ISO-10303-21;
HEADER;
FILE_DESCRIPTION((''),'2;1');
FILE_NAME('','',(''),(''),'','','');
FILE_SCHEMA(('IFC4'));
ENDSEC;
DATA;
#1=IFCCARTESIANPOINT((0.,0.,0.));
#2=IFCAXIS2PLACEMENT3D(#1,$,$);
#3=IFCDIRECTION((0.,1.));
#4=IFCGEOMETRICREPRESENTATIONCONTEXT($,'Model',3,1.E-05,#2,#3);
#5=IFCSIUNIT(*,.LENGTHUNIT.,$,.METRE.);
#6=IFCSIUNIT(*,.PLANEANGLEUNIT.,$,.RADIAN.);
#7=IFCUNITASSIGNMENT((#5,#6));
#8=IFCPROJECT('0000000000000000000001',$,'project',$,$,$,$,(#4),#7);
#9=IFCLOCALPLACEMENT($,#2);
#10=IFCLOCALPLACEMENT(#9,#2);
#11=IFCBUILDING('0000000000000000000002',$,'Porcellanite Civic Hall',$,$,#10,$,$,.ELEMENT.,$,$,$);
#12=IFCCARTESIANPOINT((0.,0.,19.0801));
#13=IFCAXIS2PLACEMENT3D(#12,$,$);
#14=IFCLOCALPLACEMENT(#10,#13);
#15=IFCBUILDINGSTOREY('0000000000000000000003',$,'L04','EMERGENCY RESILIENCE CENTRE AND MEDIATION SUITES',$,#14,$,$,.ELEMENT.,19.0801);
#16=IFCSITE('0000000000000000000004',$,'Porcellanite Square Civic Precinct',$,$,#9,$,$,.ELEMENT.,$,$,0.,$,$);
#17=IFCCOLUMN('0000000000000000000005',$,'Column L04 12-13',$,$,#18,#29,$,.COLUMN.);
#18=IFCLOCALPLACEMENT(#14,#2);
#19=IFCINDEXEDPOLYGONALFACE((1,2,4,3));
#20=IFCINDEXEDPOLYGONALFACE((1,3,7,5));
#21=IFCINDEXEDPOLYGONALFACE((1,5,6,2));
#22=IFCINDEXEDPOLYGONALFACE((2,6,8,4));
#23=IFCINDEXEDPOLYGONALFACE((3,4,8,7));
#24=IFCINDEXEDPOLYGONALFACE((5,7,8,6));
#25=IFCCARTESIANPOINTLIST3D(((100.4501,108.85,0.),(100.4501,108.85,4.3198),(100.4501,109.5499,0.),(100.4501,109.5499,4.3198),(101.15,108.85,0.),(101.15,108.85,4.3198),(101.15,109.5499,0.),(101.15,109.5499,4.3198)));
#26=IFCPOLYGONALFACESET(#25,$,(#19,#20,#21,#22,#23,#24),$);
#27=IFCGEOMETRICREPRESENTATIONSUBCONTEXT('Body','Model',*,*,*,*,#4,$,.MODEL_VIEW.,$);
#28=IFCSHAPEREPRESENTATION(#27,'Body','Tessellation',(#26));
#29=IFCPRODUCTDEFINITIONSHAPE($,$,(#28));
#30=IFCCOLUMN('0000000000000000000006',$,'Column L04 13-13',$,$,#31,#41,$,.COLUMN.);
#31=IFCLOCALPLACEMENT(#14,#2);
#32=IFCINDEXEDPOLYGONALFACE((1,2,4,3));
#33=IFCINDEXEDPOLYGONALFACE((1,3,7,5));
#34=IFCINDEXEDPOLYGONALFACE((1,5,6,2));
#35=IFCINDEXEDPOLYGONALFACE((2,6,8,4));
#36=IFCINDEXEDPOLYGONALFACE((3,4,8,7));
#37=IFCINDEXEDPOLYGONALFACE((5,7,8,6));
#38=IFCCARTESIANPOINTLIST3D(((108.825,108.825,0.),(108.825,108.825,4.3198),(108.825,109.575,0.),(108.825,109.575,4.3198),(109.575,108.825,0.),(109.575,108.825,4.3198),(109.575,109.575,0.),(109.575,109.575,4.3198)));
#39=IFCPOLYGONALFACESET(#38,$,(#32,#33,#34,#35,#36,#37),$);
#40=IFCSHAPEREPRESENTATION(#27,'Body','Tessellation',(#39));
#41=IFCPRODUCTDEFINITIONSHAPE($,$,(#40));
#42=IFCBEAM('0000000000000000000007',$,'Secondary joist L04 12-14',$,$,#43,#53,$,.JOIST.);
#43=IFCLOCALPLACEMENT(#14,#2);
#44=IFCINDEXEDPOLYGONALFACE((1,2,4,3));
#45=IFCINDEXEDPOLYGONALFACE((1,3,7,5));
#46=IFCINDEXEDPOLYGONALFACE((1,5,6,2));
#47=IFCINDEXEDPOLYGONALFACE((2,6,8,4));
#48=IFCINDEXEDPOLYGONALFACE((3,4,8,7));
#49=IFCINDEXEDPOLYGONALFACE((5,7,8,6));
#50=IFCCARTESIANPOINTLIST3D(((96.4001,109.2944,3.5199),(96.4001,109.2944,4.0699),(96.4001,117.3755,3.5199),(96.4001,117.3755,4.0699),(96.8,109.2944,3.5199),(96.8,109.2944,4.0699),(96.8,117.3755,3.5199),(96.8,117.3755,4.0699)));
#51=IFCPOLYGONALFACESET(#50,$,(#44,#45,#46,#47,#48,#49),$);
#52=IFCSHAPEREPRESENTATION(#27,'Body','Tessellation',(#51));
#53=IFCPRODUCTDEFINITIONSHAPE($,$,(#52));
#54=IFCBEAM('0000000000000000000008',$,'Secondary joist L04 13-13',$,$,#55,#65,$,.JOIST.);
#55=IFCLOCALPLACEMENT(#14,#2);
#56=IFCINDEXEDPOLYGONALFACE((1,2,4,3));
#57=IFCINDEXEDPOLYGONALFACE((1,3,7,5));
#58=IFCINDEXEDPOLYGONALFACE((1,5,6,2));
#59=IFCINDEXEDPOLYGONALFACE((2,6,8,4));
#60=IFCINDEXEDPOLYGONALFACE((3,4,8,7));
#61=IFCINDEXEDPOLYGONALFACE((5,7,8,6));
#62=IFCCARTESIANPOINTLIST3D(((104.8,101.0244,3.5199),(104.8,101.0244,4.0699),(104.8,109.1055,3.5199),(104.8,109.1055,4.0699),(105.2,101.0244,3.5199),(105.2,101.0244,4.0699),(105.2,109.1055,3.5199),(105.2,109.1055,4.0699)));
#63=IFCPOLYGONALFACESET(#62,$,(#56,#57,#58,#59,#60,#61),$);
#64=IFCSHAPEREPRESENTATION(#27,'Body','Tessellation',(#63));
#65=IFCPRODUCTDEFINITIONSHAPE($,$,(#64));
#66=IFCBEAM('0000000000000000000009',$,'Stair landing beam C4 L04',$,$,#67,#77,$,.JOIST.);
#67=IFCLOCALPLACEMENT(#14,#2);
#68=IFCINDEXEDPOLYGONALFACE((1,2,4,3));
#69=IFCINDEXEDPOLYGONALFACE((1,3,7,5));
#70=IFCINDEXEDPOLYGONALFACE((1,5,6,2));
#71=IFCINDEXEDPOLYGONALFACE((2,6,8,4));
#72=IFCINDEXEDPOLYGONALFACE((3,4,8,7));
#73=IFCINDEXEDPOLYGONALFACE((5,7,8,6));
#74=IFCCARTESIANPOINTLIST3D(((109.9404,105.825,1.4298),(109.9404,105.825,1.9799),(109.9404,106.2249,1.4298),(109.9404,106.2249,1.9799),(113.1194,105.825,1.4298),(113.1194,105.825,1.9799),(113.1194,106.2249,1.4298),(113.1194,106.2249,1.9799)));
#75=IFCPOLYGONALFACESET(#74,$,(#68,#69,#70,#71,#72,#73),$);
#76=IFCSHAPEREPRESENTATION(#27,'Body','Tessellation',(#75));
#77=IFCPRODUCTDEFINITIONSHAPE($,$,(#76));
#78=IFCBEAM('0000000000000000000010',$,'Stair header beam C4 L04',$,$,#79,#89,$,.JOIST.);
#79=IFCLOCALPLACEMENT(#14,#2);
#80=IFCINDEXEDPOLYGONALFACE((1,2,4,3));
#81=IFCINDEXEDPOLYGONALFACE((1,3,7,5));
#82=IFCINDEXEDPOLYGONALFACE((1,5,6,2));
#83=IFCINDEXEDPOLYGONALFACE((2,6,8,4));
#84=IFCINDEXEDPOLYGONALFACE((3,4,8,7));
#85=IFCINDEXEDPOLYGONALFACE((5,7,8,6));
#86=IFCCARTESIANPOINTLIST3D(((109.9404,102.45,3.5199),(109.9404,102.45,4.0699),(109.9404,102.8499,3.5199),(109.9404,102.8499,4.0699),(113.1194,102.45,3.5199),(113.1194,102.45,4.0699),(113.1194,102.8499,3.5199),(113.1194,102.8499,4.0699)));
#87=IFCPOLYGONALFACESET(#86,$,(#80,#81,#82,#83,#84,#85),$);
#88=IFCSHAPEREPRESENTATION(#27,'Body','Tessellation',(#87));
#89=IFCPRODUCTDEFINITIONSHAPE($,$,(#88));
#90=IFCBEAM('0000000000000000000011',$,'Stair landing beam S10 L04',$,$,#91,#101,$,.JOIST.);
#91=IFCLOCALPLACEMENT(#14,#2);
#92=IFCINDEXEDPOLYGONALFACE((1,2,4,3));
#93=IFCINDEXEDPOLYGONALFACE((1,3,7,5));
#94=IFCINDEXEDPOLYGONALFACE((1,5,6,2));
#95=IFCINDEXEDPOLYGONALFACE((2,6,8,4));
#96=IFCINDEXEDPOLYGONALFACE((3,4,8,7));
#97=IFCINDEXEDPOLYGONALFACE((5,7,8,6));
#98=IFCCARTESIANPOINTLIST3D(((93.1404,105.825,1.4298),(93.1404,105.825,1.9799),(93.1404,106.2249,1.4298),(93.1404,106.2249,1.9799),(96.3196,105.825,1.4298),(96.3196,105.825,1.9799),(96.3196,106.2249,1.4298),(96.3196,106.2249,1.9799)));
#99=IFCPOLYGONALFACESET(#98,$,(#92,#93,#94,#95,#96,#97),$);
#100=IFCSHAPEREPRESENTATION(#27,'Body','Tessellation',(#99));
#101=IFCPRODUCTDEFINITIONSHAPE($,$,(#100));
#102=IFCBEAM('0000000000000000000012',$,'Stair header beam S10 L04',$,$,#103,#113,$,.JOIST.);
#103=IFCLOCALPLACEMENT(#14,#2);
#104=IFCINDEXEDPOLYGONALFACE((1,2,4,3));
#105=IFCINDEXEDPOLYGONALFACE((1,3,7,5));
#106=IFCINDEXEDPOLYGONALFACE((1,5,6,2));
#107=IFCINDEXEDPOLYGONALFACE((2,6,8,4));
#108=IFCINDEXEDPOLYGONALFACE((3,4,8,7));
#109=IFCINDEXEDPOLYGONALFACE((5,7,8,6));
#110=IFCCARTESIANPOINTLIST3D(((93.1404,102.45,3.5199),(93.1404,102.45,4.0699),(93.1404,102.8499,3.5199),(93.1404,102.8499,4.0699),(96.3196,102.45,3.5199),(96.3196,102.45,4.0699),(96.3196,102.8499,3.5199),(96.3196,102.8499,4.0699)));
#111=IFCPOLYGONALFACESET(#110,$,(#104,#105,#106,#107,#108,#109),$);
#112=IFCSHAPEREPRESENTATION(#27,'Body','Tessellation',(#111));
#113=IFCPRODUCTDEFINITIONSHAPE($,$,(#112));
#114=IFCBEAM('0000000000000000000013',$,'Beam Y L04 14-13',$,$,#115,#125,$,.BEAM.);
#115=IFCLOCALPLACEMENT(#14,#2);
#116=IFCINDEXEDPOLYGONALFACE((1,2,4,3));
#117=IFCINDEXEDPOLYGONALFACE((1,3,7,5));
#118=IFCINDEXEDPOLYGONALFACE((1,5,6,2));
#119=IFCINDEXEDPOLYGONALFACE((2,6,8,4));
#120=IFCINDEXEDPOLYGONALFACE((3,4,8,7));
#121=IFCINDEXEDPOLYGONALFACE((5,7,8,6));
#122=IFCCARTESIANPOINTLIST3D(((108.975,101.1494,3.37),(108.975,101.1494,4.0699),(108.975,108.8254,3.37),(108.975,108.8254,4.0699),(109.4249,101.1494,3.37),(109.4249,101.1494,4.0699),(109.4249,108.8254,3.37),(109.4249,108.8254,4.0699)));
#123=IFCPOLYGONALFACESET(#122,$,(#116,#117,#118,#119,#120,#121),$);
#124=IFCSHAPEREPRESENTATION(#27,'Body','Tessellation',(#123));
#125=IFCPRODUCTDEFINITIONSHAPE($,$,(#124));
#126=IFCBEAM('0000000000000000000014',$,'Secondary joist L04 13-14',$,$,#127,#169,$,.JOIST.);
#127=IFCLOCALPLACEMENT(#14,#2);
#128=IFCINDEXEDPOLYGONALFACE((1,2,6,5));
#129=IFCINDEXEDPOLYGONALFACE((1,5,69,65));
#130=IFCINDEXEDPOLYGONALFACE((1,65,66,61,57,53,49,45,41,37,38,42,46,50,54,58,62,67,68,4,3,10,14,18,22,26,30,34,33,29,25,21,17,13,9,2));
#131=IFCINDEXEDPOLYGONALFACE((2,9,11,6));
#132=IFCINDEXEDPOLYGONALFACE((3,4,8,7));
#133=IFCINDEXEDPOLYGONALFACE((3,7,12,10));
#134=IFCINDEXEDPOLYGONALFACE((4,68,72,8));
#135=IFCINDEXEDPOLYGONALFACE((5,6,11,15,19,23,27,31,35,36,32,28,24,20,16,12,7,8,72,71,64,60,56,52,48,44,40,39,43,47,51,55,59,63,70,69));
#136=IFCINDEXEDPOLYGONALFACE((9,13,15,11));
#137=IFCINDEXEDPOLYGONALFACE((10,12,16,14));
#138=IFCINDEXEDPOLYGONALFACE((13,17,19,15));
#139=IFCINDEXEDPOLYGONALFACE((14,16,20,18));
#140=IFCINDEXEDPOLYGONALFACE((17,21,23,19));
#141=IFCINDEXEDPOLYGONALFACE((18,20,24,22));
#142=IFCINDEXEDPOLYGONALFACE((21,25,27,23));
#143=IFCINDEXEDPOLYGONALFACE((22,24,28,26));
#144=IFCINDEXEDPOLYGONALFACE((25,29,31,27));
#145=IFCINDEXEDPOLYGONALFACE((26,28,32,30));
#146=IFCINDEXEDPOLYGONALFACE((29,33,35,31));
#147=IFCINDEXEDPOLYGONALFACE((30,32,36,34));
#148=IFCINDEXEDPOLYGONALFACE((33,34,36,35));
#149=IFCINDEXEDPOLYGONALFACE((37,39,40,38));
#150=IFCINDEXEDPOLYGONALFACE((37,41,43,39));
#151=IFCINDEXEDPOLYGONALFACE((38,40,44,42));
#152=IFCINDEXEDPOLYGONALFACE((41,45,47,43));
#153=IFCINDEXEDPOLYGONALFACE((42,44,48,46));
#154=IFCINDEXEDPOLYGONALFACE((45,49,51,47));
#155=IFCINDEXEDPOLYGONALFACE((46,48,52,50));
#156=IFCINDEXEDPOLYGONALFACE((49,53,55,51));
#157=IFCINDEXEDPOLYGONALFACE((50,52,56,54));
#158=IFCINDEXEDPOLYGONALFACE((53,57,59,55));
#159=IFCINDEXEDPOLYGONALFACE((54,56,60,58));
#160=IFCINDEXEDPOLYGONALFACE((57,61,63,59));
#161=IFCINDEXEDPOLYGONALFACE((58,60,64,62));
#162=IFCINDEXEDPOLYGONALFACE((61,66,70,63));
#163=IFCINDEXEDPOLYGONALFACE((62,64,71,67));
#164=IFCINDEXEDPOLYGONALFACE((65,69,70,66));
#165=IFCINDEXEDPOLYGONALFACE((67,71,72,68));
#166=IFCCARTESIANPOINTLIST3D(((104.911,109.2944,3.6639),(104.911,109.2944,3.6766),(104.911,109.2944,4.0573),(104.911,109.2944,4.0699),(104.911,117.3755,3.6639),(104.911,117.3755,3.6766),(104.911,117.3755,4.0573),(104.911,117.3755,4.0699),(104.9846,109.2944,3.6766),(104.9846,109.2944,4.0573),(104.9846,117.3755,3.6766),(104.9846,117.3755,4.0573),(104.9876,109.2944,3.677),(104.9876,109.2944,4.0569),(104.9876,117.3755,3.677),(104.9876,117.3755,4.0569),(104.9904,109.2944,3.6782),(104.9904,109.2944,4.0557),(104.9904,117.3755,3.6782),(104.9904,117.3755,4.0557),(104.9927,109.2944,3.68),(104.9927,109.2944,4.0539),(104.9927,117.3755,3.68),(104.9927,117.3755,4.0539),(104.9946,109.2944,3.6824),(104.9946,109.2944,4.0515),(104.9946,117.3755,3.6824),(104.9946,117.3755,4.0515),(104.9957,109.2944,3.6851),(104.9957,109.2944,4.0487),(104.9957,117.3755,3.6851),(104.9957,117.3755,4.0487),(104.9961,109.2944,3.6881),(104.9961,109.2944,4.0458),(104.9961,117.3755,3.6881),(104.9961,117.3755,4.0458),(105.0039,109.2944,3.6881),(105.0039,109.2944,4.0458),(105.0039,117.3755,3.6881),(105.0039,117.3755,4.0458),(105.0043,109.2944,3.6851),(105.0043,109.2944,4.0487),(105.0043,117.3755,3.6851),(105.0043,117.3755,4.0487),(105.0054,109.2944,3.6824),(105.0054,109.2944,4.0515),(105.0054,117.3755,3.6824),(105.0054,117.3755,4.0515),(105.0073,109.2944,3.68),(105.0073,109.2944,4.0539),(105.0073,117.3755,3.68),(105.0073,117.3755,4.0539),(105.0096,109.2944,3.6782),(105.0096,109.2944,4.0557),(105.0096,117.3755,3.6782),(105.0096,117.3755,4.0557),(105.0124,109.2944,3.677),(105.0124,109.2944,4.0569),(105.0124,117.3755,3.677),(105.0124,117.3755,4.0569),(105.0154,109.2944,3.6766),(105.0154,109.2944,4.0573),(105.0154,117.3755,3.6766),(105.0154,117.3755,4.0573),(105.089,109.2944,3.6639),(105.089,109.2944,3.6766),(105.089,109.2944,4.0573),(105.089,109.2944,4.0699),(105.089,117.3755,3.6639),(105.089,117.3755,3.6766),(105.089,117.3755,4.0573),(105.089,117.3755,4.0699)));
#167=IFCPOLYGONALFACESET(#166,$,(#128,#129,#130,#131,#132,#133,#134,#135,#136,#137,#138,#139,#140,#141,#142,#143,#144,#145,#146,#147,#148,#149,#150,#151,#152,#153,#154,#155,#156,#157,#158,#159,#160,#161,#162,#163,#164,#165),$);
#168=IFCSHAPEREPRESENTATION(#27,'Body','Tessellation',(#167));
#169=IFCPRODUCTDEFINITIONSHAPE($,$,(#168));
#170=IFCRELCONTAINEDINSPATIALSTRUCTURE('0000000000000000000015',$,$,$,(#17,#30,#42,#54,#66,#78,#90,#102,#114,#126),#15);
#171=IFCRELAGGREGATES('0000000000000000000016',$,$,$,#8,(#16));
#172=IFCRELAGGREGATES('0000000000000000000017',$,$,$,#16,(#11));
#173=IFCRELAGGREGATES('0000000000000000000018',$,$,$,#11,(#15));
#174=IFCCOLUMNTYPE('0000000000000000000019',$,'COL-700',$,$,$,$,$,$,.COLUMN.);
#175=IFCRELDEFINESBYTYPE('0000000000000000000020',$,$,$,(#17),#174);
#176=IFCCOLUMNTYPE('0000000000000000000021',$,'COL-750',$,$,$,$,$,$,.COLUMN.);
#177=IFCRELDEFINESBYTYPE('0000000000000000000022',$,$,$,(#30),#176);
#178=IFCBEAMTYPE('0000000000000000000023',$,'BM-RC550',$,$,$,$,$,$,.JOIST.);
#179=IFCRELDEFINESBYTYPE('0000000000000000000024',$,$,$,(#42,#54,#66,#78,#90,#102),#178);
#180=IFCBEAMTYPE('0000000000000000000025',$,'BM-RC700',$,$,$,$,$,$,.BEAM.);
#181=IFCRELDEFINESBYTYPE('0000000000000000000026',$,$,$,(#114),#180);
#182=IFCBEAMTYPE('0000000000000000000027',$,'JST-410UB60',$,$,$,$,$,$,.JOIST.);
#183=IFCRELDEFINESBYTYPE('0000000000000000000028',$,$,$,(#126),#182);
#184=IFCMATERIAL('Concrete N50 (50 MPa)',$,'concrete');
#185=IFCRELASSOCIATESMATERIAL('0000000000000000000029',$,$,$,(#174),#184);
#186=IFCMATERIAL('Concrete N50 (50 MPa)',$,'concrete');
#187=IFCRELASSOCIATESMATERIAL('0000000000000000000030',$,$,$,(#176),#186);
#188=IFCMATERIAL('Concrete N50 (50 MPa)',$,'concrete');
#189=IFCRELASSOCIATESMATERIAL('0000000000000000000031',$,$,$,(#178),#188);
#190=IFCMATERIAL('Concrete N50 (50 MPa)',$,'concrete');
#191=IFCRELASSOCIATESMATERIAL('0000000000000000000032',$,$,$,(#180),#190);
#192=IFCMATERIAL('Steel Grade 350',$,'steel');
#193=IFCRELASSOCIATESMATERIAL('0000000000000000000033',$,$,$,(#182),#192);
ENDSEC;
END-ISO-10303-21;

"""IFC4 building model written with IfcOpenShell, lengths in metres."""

from ifc_helpers import new_model, si_unit, direction, frame, origin, origin_2d, place, context, subcontext, project, spatial, rectangle, i_section, extrude, material, material_profile, profile_set, type_object, element, save


model = new_model("IFC4")

# Units and contexts
model_context = context("Model", 3, precision=1e-05, world=origin(), true_north=direction((0.0, 1.0)))
body_context = subcontext(model_context, "Body", "Model", "MODEL_VIEW")
ifc_project = project(units=[si_unit("LENGTHUNIT", "METRE"), si_unit("PLANEANGLEUNIT", "RADIAN")], contexts=[model_context])

# Site, building, storey
site_placement = place(None, origin())
site = spatial("IfcSite", under=ifc_project, at=site_placement, Name="Porcellanite Square Civic Precinct", CompositionType="ELEMENT", RefElevation=0.0)
building_placement = place(site_placement, origin())
building = spatial("IfcBuilding", under=site, at=building_placement, Name="Porcellanite Civic Hall", CompositionType="ELEMENT")
storey_placement = place(building_placement, frame((0.0, 0.0, 19.0801)))
storey = spatial("IfcBuildingStorey", under=building, at=storey_placement, Name="L04", Description="EMERGENCY RESILIENCE CENTRE AND MEDIATION SUITES", CompositionType="ELEMENT", Elevation=19.0801)

# Columns
ifc_material_1 = material(Name="Concrete N50 (50 MPa)", Category="concrete")
ifc_material_profile_1 = material_profile(ifc_material_1, rectangle(XDim=0.7, YDim=0.7, at=origin_2d()), Name="RC-700x700")
ifc_profile_set_1 = profile_set([ifc_material_profile_1], Name="Concrete N50 (50 MPa)")
column_type_1 = type_object("IfcColumnType", Name="COL-700", PredefinedType="COLUMN", material=ifc_profile_set_1)
column_1_placement = place(storey_placement, frame((100.8, 109.2, 0.0), z_axis=(0.0, 0.0, 1.0), x_axis=(1.0, 0.0, 0.0)))
element("IfcColumn", 1, at=column_1_placement, inside=storey, type_object=column_type_1, Name="Column L04 12-13", PredefinedType="COLUMN", context=body_context, shape_type="SweptSolid", body=[
    extrude(rectangle(XDim=0.7, YDim=0.7, at=origin_2d()), origin(), (0.0, 0.0, 1.0), 4.3198),
])
ifc_material_2 = material(Name="Concrete N50 (50 MPa)", Category="concrete")
ifc_material_profile_2 = material_profile(ifc_material_2, rectangle(XDim=0.75, YDim=0.75, at=origin_2d()), Name="RC-750x750")
ifc_profile_set_2 = profile_set([ifc_material_profile_2], Name="Concrete N50 (50 MPa)")
column_type_2 = type_object("IfcColumnType", Name="COL-750", PredefinedType="COLUMN", material=ifc_profile_set_2)
column_2_placement = place(storey_placement, frame((109.2, 109.2, 0.0), z_axis=(0.0, 0.0, 1.0), x_axis=(1.0, 0.0, 0.0)))
element("IfcColumn", 2, at=column_2_placement, inside=storey, type_object=column_type_2, Name="Column L04 13-13", PredefinedType="COLUMN", context=body_context, shape_type="SweptSolid", body=[
    extrude(rectangle(XDim=0.75, YDim=0.75, at=origin_2d()), origin(), (0.0, 0.0, 1.0), 4.3198),
])

# Beams
ifc_material_3 = material(Name="Concrete N50 (50 MPa)", Category="concrete")
ifc_material_profile_3 = material_profile(ifc_material_3, rectangle(XDim=0.3999, YDim=0.55, at=origin_2d()), Name="RC-400x550")
ifc_profile_set_3 = profile_set([ifc_material_profile_3], Name="Concrete N50 (50 MPa)")
beam_type_1 = type_object("IfcBeamType", Name="BM-RC550", PredefinedType="JOIST", material=ifc_profile_set_3)
for number, where, z_axis, x_axis, name in (
    (3, (96.6001, 109.2944, 3.7949), (0.0, 1.0, 0.0), (-1.0, 0.0, 0.0), "Secondary joist L04 12-14"),
    (4, (105.0, 101.0244, 3.7949), (0.0, 1.0, 0.0), (-1.0, 0.0, 0.0), "Secondary joist L04 13-13"),
):
    element("IfcBeam", number, at=place(storey_placement, frame(where, z_axis=z_axis, x_axis=x_axis)), inside=storey, type_object=beam_type_1, Name=name, PredefinedType="JOIST", context=body_context, shape_type="SweptSolid", body=[
        extrude(rectangle(XDim=0.3999, YDim=0.55, at=origin_2d()), origin(), (0.0, 0.0, 1.0), 8.0811),
    ])
for number, where, z_axis, x_axis, name in (
    (5, (109.9404, 106.0249, 1.7048), (1.0, 0.0, 0.0), (0.0, 1.0, 0.0), "Stair landing beam C4 L04"),
    (6, (109.9404, 102.6499, 3.7949), (1.0, 0.0, 0.0), (0.0, 1.0, 0.0), "Stair header beam C4 L04"),
):
    element("IfcBeam", number, at=place(storey_placement, frame(where, z_axis=z_axis, x_axis=x_axis)), inside=storey, type_object=beam_type_1, Name=name, PredefinedType="JOIST", context=body_context, shape_type="SweptSolid", body=[
        extrude(rectangle(XDim=0.3999, YDim=0.55, at=origin_2d()), origin(), (0.0, 0.0, 1.0), 3.179),
    ])
for number, where, z_axis, x_axis, name in (
    (7, (93.1404, 106.0249, 1.7048), (1.0, 0.0, 0.0), (0.0, 1.0, 0.0), "Stair landing beam S10 L04"),
    (8, (93.1404, 102.6499, 3.7949), (1.0, 0.0, 0.0), (0.0, 1.0, 0.0), "Stair header beam S10 L04"),
):
    element("IfcBeam", number, at=place(storey_placement, frame(where, z_axis=z_axis, x_axis=x_axis)), inside=storey, type_object=beam_type_1, Name=name, PredefinedType="JOIST", context=body_context, shape_type="SweptSolid", body=[
        extrude(rectangle(XDim=0.3999, YDim=0.55, at=origin_2d()), origin(), (0.0, 0.0, 1.0), 3.1792),
    ])
ifc_material_4 = material(Name="Concrete N50 (50 MPa)", Category="concrete")
ifc_material_profile_4 = material_profile(ifc_material_4, rectangle(XDim=0.45, YDim=0.7, at=origin_2d()), Name="RC-450x700")
ifc_profile_set_4 = profile_set([ifc_material_profile_4], Name="Concrete N50 (50 MPa)")
beam_type_2 = type_object("IfcBeamType", Name="BM-RC700", PredefinedType="BEAM", material=ifc_profile_set_4)
beam_1_placement = place(storey_placement, frame((109.2, 101.1494, 3.72), z_axis=(0.0, 1.0, 0.0), x_axis=(-1.0, 0.0, 0.0)))
element("IfcBeam", 9, at=beam_1_placement, inside=storey, type_object=beam_type_2, Name="Beam Y L04 14-13", PredefinedType="BEAM", context=body_context, shape_type="SweptSolid", body=[
    extrude(rectangle(XDim=0.45, YDim=0.7, at=origin_2d()), origin(), (0.0, 0.0, 1.0), 7.676),
])
ifc_material_5 = material(Name="Steel Grade 350", Category="steel")
ifc_material_profile_5 = material_profile(ifc_material_5, i_section(OverallWidth=0.178, OverallDepth=0.406, WebThickness=0.0078, FlangeThickness=0.0127, FilletRadius=0.0115, at=origin_2d()), Name="410UB59.7")
ifc_profile_set_5 = profile_set([ifc_material_profile_5], Name="Steel Grade 350")
beam_type_3 = type_object("IfcBeamType", Name="JST-410UB60", PredefinedType="JOIST", material=ifc_profile_set_5)
beam_2_placement = place(storey_placement, frame((105.0, 109.2944, 3.8669), z_axis=(0.0, 1.0, 0.0), x_axis=(-1.0, 0.0, 0.0)))
element("IfcBeam", 10, at=beam_2_placement, inside=storey, type_object=beam_type_3, Name="Secondary joist L04 13-14", PredefinedType="JOIST", context=body_context, shape_type="SweptSolid", body=[
    extrude(i_section(OverallWidth=0.178, OverallDepth=0.406, WebThickness=0.0078, FlangeThickness=0.0127, FilletRadius=0.0115, at=origin_2d()), origin(), (0.0, 0.0, 1.0), 8.0811),
])

save(model, "model.ifc")
